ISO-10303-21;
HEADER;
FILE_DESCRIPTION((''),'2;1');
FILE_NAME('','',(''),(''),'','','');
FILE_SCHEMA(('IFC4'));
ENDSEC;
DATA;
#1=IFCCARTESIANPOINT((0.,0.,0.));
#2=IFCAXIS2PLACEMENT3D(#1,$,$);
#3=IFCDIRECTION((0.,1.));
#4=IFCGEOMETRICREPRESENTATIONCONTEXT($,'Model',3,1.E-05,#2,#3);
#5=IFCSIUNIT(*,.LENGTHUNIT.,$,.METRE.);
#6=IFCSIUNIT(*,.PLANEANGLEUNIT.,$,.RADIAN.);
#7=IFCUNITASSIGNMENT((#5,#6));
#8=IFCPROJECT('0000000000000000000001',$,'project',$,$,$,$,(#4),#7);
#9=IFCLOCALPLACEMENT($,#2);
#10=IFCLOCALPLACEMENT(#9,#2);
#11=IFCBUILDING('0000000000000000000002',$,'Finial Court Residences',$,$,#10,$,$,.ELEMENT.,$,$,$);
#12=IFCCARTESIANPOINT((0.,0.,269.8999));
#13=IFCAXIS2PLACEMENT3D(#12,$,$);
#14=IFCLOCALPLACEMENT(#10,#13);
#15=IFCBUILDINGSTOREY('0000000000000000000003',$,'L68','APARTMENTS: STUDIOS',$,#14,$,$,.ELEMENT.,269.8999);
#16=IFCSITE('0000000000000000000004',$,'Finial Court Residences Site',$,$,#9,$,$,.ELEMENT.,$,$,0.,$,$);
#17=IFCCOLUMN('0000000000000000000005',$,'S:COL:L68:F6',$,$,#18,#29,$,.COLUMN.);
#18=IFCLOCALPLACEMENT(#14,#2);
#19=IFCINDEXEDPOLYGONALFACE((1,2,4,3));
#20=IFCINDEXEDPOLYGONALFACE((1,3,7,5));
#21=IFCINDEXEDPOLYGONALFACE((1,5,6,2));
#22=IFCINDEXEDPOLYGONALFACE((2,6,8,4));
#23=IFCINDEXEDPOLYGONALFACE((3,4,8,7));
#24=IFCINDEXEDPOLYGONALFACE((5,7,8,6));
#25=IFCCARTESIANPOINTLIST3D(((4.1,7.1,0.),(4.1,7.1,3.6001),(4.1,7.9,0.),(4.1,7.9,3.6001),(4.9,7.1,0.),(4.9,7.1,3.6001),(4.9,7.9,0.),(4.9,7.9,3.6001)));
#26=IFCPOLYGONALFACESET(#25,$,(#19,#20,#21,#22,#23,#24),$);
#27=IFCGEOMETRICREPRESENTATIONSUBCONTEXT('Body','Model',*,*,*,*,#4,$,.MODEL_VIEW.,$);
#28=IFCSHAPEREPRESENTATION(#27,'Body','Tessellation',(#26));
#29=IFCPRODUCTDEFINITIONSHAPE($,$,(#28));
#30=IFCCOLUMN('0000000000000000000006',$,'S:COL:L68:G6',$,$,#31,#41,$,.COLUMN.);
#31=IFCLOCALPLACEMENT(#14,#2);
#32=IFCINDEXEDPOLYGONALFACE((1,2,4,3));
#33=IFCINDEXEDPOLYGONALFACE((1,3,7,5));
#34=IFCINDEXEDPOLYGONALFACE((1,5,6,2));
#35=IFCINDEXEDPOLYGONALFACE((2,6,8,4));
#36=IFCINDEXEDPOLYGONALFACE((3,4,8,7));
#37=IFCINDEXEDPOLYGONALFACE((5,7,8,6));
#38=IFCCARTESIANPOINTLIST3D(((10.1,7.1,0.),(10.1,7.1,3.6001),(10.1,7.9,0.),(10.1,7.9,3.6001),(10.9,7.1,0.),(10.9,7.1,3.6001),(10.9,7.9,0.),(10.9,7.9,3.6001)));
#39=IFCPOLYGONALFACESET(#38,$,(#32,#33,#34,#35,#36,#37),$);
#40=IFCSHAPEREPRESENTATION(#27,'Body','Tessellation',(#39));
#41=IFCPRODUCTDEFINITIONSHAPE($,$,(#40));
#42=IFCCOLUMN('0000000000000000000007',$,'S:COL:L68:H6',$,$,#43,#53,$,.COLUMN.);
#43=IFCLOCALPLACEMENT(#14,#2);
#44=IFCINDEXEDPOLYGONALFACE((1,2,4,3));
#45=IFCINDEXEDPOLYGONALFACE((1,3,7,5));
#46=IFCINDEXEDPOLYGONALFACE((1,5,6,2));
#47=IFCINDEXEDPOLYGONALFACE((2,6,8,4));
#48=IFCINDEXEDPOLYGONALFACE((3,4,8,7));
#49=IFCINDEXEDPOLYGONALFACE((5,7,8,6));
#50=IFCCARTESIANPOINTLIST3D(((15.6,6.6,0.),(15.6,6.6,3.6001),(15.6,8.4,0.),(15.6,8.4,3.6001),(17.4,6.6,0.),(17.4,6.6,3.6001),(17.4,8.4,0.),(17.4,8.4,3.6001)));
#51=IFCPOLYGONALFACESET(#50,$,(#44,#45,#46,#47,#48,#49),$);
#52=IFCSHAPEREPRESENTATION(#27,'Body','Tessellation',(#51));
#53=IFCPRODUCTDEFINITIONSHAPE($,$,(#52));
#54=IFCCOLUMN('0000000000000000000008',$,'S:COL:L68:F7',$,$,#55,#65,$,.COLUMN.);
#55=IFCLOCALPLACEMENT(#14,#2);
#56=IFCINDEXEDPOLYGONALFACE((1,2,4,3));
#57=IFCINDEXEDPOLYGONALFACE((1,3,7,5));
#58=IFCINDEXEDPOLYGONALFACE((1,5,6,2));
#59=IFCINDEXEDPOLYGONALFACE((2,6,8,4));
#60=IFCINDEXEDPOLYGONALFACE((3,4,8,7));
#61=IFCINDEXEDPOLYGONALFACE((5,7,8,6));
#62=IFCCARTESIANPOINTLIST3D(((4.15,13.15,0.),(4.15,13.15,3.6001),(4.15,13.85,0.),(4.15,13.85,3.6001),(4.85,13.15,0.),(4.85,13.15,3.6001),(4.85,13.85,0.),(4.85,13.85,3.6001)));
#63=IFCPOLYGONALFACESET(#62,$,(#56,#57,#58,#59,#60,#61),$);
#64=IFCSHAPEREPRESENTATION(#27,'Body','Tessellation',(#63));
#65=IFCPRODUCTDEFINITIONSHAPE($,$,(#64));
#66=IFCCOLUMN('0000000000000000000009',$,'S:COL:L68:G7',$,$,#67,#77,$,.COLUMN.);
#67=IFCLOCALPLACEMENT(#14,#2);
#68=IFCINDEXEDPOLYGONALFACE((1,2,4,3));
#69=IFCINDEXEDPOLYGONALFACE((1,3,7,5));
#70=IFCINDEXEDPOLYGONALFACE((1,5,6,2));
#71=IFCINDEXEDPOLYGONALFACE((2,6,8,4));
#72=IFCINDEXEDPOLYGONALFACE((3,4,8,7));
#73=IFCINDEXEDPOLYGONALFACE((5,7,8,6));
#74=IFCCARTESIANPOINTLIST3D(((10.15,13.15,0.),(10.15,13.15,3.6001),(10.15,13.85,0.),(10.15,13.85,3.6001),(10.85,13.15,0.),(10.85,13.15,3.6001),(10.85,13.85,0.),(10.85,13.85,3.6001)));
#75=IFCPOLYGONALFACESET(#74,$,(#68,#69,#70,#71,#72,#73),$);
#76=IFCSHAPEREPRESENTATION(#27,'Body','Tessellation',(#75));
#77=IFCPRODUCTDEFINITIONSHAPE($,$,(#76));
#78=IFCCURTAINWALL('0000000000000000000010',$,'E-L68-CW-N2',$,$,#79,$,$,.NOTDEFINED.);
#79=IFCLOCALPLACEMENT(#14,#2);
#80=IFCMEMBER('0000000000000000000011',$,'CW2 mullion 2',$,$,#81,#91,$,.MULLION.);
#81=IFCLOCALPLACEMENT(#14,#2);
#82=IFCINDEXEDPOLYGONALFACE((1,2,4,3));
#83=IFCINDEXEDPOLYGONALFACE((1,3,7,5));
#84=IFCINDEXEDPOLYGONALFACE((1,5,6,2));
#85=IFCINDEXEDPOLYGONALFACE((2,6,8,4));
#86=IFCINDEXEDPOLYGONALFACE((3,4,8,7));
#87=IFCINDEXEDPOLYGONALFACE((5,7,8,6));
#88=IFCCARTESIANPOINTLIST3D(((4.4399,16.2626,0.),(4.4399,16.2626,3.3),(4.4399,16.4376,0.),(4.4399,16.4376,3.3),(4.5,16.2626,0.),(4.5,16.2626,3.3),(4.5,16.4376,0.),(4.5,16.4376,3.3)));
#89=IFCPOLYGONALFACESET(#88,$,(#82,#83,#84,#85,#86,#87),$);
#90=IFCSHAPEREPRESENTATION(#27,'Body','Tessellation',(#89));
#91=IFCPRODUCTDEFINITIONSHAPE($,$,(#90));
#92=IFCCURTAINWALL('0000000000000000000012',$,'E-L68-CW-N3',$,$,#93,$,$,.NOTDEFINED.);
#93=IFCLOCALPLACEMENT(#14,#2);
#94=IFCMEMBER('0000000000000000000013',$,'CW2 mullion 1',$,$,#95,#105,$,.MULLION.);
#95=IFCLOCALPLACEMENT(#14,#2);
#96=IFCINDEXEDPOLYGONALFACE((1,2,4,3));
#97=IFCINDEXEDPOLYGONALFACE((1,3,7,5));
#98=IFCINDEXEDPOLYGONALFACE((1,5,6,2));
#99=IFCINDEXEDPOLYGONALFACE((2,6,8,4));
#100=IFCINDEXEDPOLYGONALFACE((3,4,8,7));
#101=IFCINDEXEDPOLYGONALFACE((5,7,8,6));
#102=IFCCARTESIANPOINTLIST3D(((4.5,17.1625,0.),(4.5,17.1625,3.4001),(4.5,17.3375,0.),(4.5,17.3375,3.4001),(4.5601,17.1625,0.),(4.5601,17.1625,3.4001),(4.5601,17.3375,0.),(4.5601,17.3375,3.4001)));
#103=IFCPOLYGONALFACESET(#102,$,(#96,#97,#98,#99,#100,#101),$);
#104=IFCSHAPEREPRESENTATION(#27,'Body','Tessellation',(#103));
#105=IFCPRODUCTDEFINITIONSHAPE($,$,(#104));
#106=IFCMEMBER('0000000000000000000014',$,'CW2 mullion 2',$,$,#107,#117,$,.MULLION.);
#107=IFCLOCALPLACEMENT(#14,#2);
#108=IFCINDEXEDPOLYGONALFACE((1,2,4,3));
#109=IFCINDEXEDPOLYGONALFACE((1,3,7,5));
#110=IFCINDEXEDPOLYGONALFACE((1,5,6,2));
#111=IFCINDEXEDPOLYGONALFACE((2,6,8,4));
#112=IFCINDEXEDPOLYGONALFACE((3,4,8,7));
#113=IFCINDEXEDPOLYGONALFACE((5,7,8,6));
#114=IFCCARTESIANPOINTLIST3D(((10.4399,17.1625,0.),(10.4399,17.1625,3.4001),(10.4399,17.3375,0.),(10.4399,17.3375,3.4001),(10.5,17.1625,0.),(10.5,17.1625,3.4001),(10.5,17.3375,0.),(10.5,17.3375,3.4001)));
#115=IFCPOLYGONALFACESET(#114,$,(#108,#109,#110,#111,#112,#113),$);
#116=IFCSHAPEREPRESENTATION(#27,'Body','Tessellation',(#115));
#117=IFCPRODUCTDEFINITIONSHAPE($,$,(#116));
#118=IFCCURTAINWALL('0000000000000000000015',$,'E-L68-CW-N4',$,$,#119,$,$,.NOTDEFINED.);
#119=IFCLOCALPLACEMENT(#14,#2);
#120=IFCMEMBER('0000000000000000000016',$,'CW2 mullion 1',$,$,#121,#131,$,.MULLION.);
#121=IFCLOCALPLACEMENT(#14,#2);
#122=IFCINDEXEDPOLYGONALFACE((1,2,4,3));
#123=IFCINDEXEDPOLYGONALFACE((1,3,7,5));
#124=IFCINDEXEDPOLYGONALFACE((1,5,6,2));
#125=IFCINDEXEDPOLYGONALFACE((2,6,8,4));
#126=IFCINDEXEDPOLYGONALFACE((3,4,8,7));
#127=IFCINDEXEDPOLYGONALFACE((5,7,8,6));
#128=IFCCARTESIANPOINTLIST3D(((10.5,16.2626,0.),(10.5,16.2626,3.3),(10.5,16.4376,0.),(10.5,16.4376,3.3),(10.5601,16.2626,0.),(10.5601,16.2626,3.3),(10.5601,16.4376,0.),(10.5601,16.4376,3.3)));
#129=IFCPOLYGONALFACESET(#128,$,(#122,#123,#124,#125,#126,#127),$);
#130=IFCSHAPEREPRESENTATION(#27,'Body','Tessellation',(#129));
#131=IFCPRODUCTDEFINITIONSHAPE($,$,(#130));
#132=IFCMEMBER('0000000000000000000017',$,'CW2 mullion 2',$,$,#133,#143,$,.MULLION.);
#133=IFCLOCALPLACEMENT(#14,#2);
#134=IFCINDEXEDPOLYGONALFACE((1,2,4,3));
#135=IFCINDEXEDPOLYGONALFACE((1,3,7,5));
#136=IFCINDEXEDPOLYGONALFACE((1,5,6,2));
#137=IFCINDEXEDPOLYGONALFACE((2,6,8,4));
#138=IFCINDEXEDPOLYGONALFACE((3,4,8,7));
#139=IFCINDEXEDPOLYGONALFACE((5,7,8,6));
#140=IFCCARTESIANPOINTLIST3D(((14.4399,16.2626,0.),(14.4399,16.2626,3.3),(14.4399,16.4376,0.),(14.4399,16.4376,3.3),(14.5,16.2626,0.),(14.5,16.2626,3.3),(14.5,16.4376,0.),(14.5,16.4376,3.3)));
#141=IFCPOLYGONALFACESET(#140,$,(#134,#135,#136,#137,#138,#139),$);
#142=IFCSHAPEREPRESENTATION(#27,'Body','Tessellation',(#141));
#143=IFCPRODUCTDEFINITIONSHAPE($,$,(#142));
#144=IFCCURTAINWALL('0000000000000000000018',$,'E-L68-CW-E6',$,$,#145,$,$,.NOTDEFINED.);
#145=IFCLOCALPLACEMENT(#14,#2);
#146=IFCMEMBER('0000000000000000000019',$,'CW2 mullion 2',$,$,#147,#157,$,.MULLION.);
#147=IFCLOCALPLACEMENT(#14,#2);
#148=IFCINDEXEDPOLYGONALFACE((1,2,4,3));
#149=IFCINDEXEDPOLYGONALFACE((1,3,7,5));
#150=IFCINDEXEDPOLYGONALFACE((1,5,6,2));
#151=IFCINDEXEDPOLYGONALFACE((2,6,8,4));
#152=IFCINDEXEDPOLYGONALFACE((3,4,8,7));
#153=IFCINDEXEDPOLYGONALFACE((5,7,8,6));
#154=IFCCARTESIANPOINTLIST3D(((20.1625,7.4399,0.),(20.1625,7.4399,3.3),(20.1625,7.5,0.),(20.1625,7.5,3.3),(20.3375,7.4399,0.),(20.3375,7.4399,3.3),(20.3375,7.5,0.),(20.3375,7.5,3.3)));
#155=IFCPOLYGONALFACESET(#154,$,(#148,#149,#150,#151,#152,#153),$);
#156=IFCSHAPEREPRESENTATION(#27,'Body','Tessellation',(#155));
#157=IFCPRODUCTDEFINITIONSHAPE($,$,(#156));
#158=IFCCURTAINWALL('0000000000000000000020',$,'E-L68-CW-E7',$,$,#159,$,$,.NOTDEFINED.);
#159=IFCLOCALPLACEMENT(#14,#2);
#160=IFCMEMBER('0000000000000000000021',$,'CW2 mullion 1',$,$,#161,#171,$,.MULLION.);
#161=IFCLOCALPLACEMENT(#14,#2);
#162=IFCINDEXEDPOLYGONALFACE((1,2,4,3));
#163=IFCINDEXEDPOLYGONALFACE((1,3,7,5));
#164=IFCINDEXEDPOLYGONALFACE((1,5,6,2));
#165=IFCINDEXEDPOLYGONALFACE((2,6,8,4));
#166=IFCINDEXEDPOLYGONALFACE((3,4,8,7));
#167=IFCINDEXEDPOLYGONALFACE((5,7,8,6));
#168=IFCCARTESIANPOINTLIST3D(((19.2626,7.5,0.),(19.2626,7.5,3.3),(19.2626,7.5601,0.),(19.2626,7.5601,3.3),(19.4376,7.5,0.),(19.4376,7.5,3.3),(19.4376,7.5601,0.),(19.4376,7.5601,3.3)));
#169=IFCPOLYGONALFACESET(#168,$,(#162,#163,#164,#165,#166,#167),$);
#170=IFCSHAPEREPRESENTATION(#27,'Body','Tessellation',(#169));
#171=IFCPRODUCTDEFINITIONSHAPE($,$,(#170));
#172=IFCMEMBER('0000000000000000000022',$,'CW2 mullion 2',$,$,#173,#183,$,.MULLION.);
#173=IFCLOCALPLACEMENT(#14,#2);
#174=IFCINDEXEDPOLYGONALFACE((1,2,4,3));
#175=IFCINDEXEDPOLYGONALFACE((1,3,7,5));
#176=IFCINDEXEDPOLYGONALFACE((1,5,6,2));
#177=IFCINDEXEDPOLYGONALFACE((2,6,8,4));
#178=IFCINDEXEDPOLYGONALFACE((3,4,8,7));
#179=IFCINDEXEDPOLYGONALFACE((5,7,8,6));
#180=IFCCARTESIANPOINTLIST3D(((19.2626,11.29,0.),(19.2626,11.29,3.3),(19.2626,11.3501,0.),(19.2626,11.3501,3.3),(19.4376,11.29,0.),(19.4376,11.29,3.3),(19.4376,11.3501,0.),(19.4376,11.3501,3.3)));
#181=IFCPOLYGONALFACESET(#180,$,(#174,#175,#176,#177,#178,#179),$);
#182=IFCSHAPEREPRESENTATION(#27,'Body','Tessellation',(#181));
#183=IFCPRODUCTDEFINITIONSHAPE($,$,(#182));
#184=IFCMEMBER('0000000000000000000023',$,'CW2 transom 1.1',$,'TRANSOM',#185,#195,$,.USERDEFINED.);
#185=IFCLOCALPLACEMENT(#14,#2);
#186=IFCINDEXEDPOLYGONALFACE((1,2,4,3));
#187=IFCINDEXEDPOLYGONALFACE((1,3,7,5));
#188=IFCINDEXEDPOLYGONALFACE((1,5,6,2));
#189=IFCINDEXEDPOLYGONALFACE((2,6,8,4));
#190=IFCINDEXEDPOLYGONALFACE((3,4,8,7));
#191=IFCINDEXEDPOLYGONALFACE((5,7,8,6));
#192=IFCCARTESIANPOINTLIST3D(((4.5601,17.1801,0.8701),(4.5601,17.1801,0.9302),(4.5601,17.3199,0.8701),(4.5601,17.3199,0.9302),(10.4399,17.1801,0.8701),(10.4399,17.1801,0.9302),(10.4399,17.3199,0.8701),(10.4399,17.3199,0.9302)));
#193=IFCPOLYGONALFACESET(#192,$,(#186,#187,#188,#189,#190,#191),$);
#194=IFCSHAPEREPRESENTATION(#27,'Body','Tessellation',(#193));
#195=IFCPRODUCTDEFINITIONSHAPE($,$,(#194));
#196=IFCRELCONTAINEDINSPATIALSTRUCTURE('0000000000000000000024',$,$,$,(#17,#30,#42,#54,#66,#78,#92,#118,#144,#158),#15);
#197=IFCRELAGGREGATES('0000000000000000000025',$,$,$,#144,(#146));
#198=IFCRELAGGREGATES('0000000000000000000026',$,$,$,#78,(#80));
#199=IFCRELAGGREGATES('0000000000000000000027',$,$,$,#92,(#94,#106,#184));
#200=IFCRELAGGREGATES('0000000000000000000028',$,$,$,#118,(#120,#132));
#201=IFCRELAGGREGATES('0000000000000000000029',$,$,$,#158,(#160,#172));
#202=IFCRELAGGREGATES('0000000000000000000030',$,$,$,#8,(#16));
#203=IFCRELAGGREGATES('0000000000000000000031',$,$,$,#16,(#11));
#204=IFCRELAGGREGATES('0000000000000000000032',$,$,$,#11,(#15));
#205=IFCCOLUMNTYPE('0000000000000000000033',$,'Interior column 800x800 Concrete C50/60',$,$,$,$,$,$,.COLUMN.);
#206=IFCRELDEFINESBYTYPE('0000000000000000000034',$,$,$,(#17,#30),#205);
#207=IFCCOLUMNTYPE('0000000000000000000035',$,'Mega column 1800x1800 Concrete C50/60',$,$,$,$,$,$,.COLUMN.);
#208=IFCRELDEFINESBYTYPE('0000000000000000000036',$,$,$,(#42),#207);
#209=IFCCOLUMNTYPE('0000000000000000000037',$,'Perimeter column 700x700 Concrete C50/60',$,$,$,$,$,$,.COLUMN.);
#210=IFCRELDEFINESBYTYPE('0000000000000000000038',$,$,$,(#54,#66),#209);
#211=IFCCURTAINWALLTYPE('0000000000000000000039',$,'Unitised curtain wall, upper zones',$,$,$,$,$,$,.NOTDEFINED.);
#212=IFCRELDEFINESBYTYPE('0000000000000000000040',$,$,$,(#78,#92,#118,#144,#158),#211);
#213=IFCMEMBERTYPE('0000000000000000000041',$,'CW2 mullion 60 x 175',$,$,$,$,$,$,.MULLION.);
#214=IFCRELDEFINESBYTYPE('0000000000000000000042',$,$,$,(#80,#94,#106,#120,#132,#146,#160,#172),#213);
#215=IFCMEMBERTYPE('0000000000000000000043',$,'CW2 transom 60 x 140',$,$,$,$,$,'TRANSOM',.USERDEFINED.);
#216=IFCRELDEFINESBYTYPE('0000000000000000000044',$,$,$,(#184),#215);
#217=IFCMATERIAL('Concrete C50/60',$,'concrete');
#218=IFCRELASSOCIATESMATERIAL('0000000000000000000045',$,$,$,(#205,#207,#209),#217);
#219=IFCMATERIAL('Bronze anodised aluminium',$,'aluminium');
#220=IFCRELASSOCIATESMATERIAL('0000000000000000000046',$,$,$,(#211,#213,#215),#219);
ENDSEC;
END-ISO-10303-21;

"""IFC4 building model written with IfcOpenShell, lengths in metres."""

from ifc_helpers import new_model, si_unit, direction, frame, origin, origin_2d, place, context, subcontext, project, spatial, rectangle, extrude, material, material_profile, profile_set, type_object, element, aggregate, save


model = new_model("IFC4")

# Units and contexts
model_context = context("Model", 3, precision=1e-05, world=origin(), true_north=direction((0.0, 1.0)))
body_context = subcontext(model_context, "Body", "Model", "MODEL_VIEW")
ifc_project = project(units=[si_unit("LENGTHUNIT", "METRE"), si_unit("PLANEANGLEUNIT", "RADIAN")], contexts=[model_context])

# Site, building, storey
site_placement = place(None, origin())
site = spatial("IfcSite", under=ifc_project, at=site_placement, Name="Finial Court Residences Site", CompositionType="ELEMENT", RefElevation=0.0)
building_placement = place(site_placement, origin())
building = spatial("IfcBuilding", under=site, at=building_placement, Name="Finial Court Residences", CompositionType="ELEMENT")
storey_placement = place(building_placement, frame((0.0, 0.0, 269.8999)))
storey = spatial("IfcBuildingStorey", under=building, at=storey_placement, Name="L68", Description="APARTMENTS: STUDIOS", CompositionType="ELEMENT", Elevation=269.8999)

# Columns
ifc_material_1 = material(Name="Concrete C50/60", Category="concrete")
ifc_material_profile_1 = material_profile(ifc_material_1, rectangle(XDim=0.8, YDim=0.8, at=origin_2d()), Name="800x800")
ifc_profile_set_1 = profile_set([ifc_material_profile_1], Name="Concrete C50/60")
column_type_1 = type_object("IfcColumnType", Name="Interior column 800x800 Concrete C50/60", PredefinedType="COLUMN", material=ifc_profile_set_1)
for number, where, z_axis, x_axis, name in (
    (1, (4.5, 7.5, 0.0), (0.0, 0.0, 1.0), (1.0, 0.0, 0.0), "S:COL:L68:F6"),
    (2, (10.5, 7.5, 0.0), (0.0, 0.0, 1.0), (1.0, 0.0, 0.0), "S:COL:L68:G6"),
):
    element("IfcColumn", number, at=place(storey_placement, frame(where, z_axis=z_axis, x_axis=x_axis)), inside=storey, type_object=column_type_1, Name=name, PredefinedType="COLUMN", context=body_context, shape_type="SweptSolid", body=[
        extrude(rectangle(XDim=0.8, YDim=0.8, at=origin_2d()), origin(), (0.0, 0.0, 1.0), 3.6001),
    ])
ifc_material_profile_2 = material_profile(ifc_material_1, rectangle(XDim=1.8, YDim=1.8, at=origin_2d()), Name="1800x1800")
ifc_profile_set_2 = profile_set([ifc_material_profile_2], Name="Concrete C50/60")
column_type_2 = type_object("IfcColumnType", Name="Mega column 1800x1800 Concrete C50/60", PredefinedType="COLUMN", material=ifc_profile_set_2)
column_placement = place(storey_placement, frame((16.5, 7.5, 0.0), z_axis=(0.0, 0.0, 1.0), x_axis=(1.0, 0.0, 0.0)))
element("IfcColumn", 3, at=column_placement, inside=storey, type_object=column_type_2, Name="S:COL:L68:H6", PredefinedType="COLUMN", context=body_context, shape_type="SweptSolid", body=[
    extrude(rectangle(XDim=1.8, YDim=1.8, at=origin_2d()), origin(), (0.0, 0.0, 1.0), 3.6001),
])
ifc_material_profile_3 = material_profile(ifc_material_1, rectangle(XDim=0.7, YDim=0.7, at=origin_2d()), Name="700x700")
ifc_profile_set_3 = profile_set([ifc_material_profile_3], Name="Concrete C50/60")
column_type_3 = type_object("IfcColumnType", Name="Perimeter column 700x700 Concrete C50/60", PredefinedType="COLUMN", material=ifc_profile_set_3)
for number, where, z_axis, x_axis, name in (
    (4, (4.5, 13.5, 0.0), (0.0, 0.0, 1.0), (1.0, 0.0, 0.0), "S:COL:L68:F7"),
    (5, (10.5, 13.5, 0.0), (0.0, 0.0, 1.0), (1.0, 0.0, 0.0), "S:COL:L68:G7"),
):
    element("IfcColumn", number, at=place(storey_placement, frame(where, z_axis=z_axis, x_axis=x_axis)), inside=storey, type_object=column_type_3, Name=name, PredefinedType="COLUMN", context=body_context, shape_type="SweptSolid", body=[
        extrude(rectangle(XDim=0.7, YDim=0.7, at=origin_2d()), origin(), (0.0, 0.0, 1.0), 3.6001),
    ])

# Curtain wall, member
ifc_material_2 = material(Name="Bronze anodised aluminium", Category="aluminium")
curtain_wall_type = type_object("IfcCurtainWallType", Name="Unitised curtain wall, upper zones", PredefinedType="NOTDEFINED", material=ifc_material_2)
curtain_wall_1_placement = place(storey_placement, origin())
curtain_wall_1 = element("IfcCurtainWall", 6, at=curtain_wall_1_placement, inside=storey, type_object=curtain_wall_type, Name="E-L68-CW-N2", PredefinedType="NOTDEFINED")
ifc_material_profile_4 = material_profile(ifc_material_2, rectangle(XDim=0.175, YDim=0.0601, at=origin_2d()), Name="CW2 mullion 60 x 175")
ifc_profile_set_4 = profile_set([ifc_material_profile_4], Name="Bronze anodised aluminium")
member_type_1 = type_object("IfcMemberType", Name="CW2 mullion 60 x 175", PredefinedType="MULLION", material=ifc_profile_set_4)
member_1_placement = place(storey_placement, frame((4.47, 16.3501, 0.0), z_axis=(0.0, 0.0, 1.0), x_axis=(0.0, 1.0, 0.0)))
member_1 = element("IfcMember", 7, at=member_1_placement, type_object=member_type_1, Name="CW2 mullion 2", PredefinedType="MULLION", context=body_context, shape_type="SweptSolid", body=[
    extrude(rectangle(XDim=0.175, YDim=0.0601, at=origin_2d()), origin(), (0.0, 0.0, 1.0), 3.3),
])

# Curtain walls, members
curtain_wall_2_placement = place(storey_placement, origin())
curtain_wall_2 = element("IfcCurtainWall", 8, at=curtain_wall_2_placement, inside=storey, type_object=curtain_wall_type, Name="E-L68-CW-N3", PredefinedType="NOTDEFINED")
member_2_placement = place(storey_placement, frame((4.53, 17.25, 0.0), z_axis=(0.0, 0.0, 1.0), x_axis=(0.0, 1.0, 0.0)))
member_2 = element("IfcMember", 9, at=member_2_placement, type_object=member_type_1, Name="CW2 mullion 1", PredefinedType="MULLION", context=body_context, shape_type="SweptSolid", body=[
    extrude(rectangle(XDim=0.175, YDim=0.0601, at=origin_2d()), origin(), (0.0, 0.0, 1.0), 3.4001),
])
member_3_placement = place(storey_placement, frame((10.47, 17.25, 0.0), z_axis=(0.0, 0.0, 1.0), x_axis=(0.0, 1.0, 0.0)))
member_3 = element("IfcMember", 10, at=member_3_placement, type_object=member_type_1, Name="CW2 mullion 2", PredefinedType="MULLION", context=body_context, shape_type="SweptSolid", body=[
    extrude(rectangle(XDim=0.175, YDim=0.0601, at=origin_2d()), origin(), (0.0, 0.0, 1.0), 3.4001),
])
curtain_wall_3_placement = place(storey_placement, origin())
curtain_wall_3 = element("IfcCurtainWall", 11, at=curtain_wall_3_placement, inside=storey, type_object=curtain_wall_type, Name="E-L68-CW-N4", PredefinedType="NOTDEFINED")
member_4_placement = place(storey_placement, frame((10.53, 16.3501, 0.0), z_axis=(0.0, 0.0, 1.0), x_axis=(0.0, 1.0, 0.0)))
member_4 = element("IfcMember", 12, at=member_4_placement, type_object=member_type_1, Name="CW2 mullion 1", PredefinedType="MULLION", context=body_context, shape_type="SweptSolid", body=[
    extrude(rectangle(XDim=0.175, YDim=0.0601, at=origin_2d()), origin(), (0.0, 0.0, 1.0), 3.3),
])
member_5_placement = place(storey_placement, frame((14.47, 16.3501, 0.0), z_axis=(0.0, 0.0, 1.0), x_axis=(0.0, 1.0, 0.0)))
member_5 = element("IfcMember", 13, at=member_5_placement, type_object=member_type_1, Name="CW2 mullion 2", PredefinedType="MULLION", context=body_context, shape_type="SweptSolid", body=[
    extrude(rectangle(XDim=0.175, YDim=0.0601, at=origin_2d()), origin(), (0.0, 0.0, 1.0), 3.3),
])

# Curtain wall, member
curtain_wall_4_placement = place(storey_placement, origin())
curtain_wall_4 = element("IfcCurtainWall", 14, at=curtain_wall_4_placement, inside=storey, type_object=curtain_wall_type, Name="E-L68-CW-E6", PredefinedType="NOTDEFINED")
member_6_placement = place(storey_placement, frame((20.25, 7.47, 0.0), z_axis=(0.0, 0.0, 1.0), x_axis=(-1.0, 0.0, 0.0)))
member_6 = element("IfcMember", 15, at=member_6_placement, type_object=member_type_1, Name="CW2 mullion 2", PredefinedType="MULLION", context=body_context, shape_type="SweptSolid", body=[
    extrude(rectangle(XDim=0.175, YDim=0.0601, at=origin_2d()), origin(), (0.0, 0.0, 1.0), 3.3),
])
aggregate(curtain_wall_4, [member_6])

# Curtain wall, members
curtain_wall_5_placement = place(storey_placement, origin())
curtain_wall_5 = element("IfcCurtainWall", 16, at=curtain_wall_5_placement, inside=storey, type_object=curtain_wall_type, Name="E-L68-CW-E7", PredefinedType="NOTDEFINED")
member_7_placement = place(storey_placement, frame((19.3501, 7.53, 0.0), z_axis=(0.0, 0.0, 1.0), x_axis=(-1.0, 0.0, 0.0)))
member_7 = element("IfcMember", 17, at=member_7_placement, type_object=member_type_1, Name="CW2 mullion 1", PredefinedType="MULLION", context=body_context, shape_type="SweptSolid", body=[
    extrude(rectangle(XDim=0.175, YDim=0.0601, at=origin_2d()), origin(), (0.0, 0.0, 1.0), 3.3),
])
member_8_placement = place(storey_placement, frame((19.3501, 11.3201, 0.0), z_axis=(0.0, 0.0, 1.0), x_axis=(-1.0, 0.0, 0.0)))
member_8 = element("IfcMember", 18, at=member_8_placement, type_object=member_type_1, Name="CW2 mullion 2", PredefinedType="MULLION", context=body_context, shape_type="SweptSolid", body=[
    extrude(rectangle(XDim=0.175, YDim=0.0601, at=origin_2d()), origin(), (0.0, 0.0, 1.0), 3.3),
])

# Member
ifc_material_profile_5 = material_profile(ifc_material_2, rectangle(XDim=0.1399, YDim=0.0601, at=origin_2d()), Name="CW2 transom 60 x 140")
ifc_profile_set_5 = profile_set([ifc_material_profile_5], Name="Bronze anodised aluminium")
member_type_2 = type_object("IfcMemberType", Name="CW2 transom 60 x 140", ElementType="TRANSOM", PredefinedType="USERDEFINED", material=ifc_profile_set_5)
member_9_placement = place(storey_placement, frame((4.5601, 17.25, 0.9001), z_axis=(1.0, 0.0, 0.0), x_axis=(0.0, 1.0, 0.0)))
member_9 = element("IfcMember", 19, at=member_9_placement, type_object=member_type_2, Name="CW2 transom 1.1", ObjectType="TRANSOM", PredefinedType="USERDEFINED", context=body_context, shape_type="SweptSolid", body=[
    extrude(rectangle(XDim=0.1399, YDim=0.0601, at=origin_2d()), origin(), (0.0, 0.0, 1.0), 5.8799),
])

aggregate(curtain_wall_1, [member_1])
aggregate(curtain_wall_2, [member_2, member_3, member_9])
aggregate(curtain_wall_3, [member_4, member_5])
aggregate(curtain_wall_5, [member_7, member_8])

save(model, "model.ifc")
